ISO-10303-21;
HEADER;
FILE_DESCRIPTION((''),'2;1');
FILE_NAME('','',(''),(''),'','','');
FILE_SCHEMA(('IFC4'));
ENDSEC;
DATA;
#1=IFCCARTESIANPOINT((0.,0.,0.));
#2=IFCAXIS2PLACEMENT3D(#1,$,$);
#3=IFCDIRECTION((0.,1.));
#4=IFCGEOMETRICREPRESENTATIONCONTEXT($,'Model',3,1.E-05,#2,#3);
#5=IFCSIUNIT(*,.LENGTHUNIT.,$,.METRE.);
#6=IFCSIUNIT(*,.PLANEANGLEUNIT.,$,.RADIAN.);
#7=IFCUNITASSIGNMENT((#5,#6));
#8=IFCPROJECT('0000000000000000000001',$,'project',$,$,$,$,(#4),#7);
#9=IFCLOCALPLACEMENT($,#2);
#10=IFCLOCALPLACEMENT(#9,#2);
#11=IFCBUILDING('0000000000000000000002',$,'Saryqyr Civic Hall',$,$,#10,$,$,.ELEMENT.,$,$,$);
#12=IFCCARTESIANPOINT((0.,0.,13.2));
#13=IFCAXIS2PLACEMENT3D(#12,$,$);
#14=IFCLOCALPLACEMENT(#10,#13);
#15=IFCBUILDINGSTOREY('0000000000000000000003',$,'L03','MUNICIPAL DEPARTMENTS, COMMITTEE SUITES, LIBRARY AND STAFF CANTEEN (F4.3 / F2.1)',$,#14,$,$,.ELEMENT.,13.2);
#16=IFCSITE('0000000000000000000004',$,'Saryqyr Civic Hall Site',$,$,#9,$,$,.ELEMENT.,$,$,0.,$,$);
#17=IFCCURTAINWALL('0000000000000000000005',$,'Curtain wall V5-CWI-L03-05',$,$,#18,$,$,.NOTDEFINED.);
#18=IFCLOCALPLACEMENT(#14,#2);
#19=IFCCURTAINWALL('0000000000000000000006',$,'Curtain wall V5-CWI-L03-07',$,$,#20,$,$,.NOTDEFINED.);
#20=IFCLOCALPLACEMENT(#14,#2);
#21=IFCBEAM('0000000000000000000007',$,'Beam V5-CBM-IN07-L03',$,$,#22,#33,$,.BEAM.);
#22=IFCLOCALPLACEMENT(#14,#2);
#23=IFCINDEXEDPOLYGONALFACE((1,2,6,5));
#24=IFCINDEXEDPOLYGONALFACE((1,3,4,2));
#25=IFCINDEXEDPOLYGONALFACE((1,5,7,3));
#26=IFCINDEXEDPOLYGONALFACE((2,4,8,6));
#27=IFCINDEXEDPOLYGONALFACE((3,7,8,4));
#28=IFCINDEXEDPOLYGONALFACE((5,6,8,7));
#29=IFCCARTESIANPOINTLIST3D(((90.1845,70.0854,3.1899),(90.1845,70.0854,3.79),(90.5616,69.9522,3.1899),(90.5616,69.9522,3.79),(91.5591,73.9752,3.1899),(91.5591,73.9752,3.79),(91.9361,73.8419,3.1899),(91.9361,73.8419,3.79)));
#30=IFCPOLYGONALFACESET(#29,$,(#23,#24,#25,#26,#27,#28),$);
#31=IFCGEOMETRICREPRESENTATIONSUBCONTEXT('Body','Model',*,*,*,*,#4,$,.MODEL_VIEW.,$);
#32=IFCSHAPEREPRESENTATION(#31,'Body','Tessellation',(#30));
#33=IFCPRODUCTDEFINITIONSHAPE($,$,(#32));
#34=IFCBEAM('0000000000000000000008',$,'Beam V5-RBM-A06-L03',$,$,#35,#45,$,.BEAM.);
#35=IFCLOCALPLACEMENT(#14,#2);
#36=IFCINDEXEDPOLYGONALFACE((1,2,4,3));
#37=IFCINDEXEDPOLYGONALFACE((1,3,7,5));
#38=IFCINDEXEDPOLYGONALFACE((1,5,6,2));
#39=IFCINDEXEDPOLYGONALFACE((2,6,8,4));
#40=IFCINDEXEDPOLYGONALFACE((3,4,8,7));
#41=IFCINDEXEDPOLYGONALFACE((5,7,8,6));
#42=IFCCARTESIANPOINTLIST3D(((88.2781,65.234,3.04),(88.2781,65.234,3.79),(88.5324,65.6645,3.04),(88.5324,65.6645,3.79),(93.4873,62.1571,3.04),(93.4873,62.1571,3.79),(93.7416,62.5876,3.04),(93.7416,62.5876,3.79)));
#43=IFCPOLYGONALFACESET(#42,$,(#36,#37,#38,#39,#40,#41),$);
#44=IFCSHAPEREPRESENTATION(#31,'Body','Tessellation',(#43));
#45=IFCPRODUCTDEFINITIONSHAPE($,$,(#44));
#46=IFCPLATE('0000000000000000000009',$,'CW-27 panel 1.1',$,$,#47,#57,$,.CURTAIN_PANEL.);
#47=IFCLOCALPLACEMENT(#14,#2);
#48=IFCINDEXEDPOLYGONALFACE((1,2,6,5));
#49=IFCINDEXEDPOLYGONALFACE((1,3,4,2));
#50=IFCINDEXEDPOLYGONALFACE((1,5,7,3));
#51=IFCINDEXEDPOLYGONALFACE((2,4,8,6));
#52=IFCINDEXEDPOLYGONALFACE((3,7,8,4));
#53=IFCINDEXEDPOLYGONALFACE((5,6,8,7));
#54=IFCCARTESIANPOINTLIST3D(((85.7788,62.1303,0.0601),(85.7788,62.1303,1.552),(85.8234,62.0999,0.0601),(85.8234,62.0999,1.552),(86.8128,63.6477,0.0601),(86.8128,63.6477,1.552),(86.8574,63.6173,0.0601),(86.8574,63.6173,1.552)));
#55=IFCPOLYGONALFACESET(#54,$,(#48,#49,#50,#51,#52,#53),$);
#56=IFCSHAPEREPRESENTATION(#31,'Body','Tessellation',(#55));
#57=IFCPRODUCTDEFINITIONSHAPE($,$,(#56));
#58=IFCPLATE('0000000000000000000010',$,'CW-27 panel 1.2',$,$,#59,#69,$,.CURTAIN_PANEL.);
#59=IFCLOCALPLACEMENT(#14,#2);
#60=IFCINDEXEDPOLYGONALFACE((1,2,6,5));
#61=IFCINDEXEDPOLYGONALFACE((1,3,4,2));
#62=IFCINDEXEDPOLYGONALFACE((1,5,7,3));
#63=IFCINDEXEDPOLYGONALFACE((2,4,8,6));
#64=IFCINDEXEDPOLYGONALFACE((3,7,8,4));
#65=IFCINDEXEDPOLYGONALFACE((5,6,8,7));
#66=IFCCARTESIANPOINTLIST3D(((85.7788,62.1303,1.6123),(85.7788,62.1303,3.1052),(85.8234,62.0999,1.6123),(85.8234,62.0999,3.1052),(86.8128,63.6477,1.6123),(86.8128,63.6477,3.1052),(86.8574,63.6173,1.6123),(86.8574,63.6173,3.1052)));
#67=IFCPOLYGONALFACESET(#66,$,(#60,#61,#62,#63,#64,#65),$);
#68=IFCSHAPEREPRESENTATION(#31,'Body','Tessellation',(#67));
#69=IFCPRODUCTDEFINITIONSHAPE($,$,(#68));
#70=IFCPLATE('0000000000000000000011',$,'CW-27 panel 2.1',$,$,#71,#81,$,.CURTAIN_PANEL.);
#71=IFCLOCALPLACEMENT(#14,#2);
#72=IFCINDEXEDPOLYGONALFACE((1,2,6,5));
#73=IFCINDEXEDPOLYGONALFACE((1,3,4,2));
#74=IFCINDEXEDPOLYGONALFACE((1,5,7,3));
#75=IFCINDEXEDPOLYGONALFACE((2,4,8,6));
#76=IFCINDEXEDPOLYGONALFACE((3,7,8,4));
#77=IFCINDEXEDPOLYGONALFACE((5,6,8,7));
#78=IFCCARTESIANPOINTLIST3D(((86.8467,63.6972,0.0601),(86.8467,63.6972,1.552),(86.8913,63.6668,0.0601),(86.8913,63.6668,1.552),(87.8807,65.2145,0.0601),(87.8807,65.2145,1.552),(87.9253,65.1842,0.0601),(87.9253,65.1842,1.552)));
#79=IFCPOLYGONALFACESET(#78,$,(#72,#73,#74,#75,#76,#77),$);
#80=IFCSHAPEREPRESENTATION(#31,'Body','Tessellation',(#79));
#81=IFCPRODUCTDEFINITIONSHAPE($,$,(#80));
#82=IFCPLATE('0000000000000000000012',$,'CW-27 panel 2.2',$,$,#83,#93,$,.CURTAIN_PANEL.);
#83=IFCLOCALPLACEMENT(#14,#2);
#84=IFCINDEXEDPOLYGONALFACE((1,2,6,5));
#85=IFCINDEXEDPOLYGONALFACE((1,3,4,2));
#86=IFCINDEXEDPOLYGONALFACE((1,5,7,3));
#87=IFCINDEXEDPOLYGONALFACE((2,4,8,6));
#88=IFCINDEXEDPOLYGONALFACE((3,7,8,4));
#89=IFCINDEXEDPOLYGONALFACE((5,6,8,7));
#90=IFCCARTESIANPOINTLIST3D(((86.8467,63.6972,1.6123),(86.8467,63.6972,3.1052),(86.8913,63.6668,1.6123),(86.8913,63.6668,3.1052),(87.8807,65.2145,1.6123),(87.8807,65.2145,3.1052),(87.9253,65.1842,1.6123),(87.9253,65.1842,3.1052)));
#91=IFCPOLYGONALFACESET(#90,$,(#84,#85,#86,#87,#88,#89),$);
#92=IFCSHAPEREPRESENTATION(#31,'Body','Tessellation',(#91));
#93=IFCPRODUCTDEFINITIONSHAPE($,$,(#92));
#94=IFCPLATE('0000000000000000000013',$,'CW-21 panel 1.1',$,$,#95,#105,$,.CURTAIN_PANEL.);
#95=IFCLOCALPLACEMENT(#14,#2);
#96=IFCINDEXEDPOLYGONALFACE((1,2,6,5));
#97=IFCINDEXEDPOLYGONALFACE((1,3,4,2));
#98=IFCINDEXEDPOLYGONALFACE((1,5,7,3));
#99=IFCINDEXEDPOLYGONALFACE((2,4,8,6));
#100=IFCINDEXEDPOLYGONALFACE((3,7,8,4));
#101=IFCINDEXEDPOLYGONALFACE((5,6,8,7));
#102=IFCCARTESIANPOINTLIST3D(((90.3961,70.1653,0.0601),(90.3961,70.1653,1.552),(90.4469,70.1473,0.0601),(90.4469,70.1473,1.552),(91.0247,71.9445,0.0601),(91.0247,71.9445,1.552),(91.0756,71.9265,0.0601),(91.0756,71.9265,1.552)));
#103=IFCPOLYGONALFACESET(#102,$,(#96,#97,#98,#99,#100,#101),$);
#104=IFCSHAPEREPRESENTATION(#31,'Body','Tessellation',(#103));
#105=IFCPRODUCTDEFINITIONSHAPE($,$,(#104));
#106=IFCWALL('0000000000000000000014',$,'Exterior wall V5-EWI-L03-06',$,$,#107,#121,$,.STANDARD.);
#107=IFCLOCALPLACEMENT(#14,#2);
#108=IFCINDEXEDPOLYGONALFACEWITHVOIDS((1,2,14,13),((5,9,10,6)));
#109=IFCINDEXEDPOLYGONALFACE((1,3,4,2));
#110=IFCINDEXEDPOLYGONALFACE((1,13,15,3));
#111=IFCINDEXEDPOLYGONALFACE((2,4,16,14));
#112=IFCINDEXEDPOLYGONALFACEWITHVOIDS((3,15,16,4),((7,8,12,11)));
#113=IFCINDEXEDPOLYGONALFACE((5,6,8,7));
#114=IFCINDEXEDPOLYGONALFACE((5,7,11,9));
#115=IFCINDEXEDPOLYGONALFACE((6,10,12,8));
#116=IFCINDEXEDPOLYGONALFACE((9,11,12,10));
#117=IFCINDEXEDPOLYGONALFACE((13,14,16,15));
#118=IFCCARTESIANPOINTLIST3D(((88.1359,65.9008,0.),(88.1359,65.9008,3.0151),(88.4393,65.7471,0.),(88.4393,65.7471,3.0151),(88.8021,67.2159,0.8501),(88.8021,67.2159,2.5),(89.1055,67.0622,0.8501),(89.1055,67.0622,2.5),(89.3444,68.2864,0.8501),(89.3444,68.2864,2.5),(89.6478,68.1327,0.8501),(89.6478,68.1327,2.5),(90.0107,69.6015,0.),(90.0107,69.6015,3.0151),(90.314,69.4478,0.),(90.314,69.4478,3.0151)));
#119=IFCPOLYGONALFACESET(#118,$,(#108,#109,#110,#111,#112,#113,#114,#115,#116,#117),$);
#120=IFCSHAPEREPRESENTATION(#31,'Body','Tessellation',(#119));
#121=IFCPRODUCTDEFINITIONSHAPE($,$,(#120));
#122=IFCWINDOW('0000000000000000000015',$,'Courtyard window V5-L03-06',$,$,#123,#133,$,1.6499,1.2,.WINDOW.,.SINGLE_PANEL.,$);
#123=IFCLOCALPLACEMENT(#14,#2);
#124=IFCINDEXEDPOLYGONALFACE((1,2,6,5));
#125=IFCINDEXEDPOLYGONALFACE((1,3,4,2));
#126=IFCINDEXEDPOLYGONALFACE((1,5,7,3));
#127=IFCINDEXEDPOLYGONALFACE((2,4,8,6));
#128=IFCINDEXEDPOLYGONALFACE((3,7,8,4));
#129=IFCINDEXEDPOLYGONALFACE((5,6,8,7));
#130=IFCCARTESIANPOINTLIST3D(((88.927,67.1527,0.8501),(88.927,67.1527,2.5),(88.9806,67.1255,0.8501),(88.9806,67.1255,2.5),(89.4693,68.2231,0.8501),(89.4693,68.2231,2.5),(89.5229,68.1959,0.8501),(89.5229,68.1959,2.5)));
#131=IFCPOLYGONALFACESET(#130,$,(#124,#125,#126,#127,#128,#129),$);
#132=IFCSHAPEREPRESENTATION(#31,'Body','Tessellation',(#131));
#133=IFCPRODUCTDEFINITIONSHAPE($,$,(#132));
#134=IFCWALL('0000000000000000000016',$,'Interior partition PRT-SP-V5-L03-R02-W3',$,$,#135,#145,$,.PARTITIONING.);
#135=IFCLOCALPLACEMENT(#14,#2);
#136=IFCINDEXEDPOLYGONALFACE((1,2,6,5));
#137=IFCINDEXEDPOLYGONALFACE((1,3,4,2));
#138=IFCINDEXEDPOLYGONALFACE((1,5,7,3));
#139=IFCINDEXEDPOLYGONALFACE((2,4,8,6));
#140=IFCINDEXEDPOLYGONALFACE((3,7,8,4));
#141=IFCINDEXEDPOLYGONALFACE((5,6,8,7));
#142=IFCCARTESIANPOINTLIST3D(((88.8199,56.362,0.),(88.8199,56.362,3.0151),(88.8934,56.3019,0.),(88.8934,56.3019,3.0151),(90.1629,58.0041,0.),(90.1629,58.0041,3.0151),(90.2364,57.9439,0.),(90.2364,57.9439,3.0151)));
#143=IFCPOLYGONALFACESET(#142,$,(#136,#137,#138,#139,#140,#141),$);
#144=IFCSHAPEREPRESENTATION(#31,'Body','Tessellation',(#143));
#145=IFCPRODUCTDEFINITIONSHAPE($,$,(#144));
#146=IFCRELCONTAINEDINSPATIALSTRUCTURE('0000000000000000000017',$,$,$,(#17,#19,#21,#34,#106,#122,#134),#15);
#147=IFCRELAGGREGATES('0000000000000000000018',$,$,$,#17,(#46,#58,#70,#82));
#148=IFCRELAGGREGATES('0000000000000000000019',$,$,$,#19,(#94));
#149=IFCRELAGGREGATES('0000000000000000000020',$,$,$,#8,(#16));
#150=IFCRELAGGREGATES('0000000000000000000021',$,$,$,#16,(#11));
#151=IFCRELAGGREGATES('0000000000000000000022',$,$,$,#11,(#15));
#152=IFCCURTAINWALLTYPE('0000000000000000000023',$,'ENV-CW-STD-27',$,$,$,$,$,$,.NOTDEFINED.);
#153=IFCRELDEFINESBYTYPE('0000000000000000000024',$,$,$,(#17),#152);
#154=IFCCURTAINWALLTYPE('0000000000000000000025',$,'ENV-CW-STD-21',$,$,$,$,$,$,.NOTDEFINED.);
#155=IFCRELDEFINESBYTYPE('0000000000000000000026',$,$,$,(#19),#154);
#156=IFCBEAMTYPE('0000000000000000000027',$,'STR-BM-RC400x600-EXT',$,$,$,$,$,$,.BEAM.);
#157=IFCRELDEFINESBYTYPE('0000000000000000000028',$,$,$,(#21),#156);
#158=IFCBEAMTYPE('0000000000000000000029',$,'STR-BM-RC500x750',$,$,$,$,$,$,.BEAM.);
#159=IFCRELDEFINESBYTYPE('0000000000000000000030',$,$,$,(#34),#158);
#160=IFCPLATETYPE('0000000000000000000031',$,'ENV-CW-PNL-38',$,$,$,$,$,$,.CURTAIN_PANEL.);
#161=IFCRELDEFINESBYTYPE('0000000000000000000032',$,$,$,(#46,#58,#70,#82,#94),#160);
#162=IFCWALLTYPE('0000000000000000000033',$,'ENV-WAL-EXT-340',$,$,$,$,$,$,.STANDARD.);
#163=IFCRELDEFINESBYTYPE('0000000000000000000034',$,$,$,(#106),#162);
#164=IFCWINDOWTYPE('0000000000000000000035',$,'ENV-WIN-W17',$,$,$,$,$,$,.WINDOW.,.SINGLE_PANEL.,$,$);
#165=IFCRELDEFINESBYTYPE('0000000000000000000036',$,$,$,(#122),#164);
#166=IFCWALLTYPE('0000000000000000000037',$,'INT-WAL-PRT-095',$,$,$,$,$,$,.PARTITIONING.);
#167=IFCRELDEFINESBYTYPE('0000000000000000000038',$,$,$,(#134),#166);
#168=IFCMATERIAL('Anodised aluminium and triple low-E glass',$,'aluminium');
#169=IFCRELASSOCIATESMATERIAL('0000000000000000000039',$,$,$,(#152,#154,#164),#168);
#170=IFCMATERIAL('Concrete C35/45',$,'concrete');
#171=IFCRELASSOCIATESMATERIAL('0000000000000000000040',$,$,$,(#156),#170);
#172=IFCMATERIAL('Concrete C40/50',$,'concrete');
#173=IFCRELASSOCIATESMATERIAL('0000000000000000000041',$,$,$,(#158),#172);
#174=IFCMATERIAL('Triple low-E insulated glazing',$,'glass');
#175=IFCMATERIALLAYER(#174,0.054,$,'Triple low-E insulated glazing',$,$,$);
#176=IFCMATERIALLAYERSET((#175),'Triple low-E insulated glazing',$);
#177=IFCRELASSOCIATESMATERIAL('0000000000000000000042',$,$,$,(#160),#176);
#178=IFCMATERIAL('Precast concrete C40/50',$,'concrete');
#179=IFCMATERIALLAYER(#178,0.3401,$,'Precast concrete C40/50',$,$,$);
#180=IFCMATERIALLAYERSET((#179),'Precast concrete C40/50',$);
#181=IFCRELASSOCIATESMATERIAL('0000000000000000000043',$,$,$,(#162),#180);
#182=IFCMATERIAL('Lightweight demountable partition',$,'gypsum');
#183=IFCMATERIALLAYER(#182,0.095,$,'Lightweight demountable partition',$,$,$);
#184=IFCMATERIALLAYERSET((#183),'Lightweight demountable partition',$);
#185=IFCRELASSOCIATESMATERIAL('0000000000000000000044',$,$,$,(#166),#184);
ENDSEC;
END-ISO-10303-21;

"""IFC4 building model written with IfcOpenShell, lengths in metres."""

from ifc_helpers import new_model, si_unit, direction, frame, frame_2d, origin, origin_2d, place, context, subcontext, project, spatial, rectangle, extrude, material, layer, layer_set, material_profile, profile_set, type_object, element, fill, aggregate, save


model = new_model("IFC4")

# Units and contexts
model_context = context("Model", 3, precision=1e-05, world=origin(), true_north=direction((0.0, 1.0)))
body_context = subcontext(model_context, "Body", "Model", "MODEL_VIEW")
ifc_project = project(units=[si_unit("LENGTHUNIT", "METRE"), si_unit("PLANEANGLEUNIT", "RADIAN")], contexts=[model_context])

# Site, building, storey
site_placement = place(None, origin())
site = spatial("IfcSite", under=ifc_project, at=site_placement, Name="Saryqyr Civic Hall Site", CompositionType="ELEMENT", RefElevation=0.0)
building_placement = place(site_placement, origin())
building = spatial("IfcBuilding", under=site, at=building_placement, Name="Saryqyr Civic Hall", CompositionType="ELEMENT")
storey_placement = place(building_placement, frame((0.0, 0.0, 13.2)))
storey = spatial("IfcBuildingStorey", under=building, at=storey_placement, Name="L03", Description="MUNICIPAL DEPARTMENTS, COMMITTEE SUITES, LIBRARY AND STAFF CANTEEN (F4.3 / F2.1)", CompositionType="ELEMENT", Elevation=13.2)

# Shared definitions
ifc_material_1 = material(Name="Concrete C40/50", Category="concrete")

# Curtain wall
ifc_material_2 = material(Name="Anodised aluminium and triple low-E glass", Category="aluminium")
curtain_wall_type_1 = type_object("IfcCurtainWallType", Name="ENV-CW-STD-27", PredefinedType="NOTDEFINED", material=ifc_material_2)
curtain_wall_1_placement = place(storey_placement, origin())
curtain_wall_1 = element("IfcCurtainWall", 1, at=curtain_wall_1_placement, inside=storey, type_object=curtain_wall_type_1, Name="Curtain wall V5-CWI-L03-05", PredefinedType="NOTDEFINED")

# Curtain wall
curtain_wall_type_2 = type_object("IfcCurtainWallType", Name="ENV-CW-STD-21", PredefinedType="NOTDEFINED", material=ifc_material_2)
curtain_wall_2_placement = place(storey_placement, origin())
curtain_wall_2 = element("IfcCurtainWall", 2, at=curtain_wall_2_placement, inside=storey, type_object=curtain_wall_type_2, Name="Curtain wall V5-CWI-L03-07", PredefinedType="NOTDEFINED")

# Beams
ifc_material_3 = material(Name="Concrete C35/45", Category="concrete")
ifc_material_profile_1 = material_profile(ifc_material_3, rectangle(XDim=0.3999, YDim=0.6001, at=origin_2d()), Name="RC 400x600")
ifc_profile_set_1 = profile_set([ifc_material_profile_1], Name="Concrete C35/45")
beam_type_1 = type_object("IfcBeamType", Name="STR-BM-RC400x600-EXT", PredefinedType="BEAM", material=ifc_profile_set_1)
for number, where, z_axis, x_axis, name in (
    (3, (90.373, 70.0188, 3.49), (0.333185, 0.942861, 0.0), (-0.942861, 0.333185, 0.0), "Beam V5-CBM-IN07-L03"),
):
    element("IfcBeam", number, at=place(storey_placement, frame(where, z_axis=z_axis, x_axis=x_axis)), inside=storey, type_object=beam_type_1, Name=name, PredefinedType="BEAM", context=body_context, shape_type="SweptSolid", body=[
        extrude(rectangle(XDim=0.3999, YDim=0.6001, at=origin_2d()), origin(), (0.0, 0.0, 1.0), 4.1255),
    ])
ifc_material_profile_2 = material_profile(ifc_material_1, rectangle(XDim=0.5, YDim=0.75, at=origin_2d()), Name="RC 500x750")
ifc_profile_set_2 = profile_set([ifc_material_profile_2], Name="Concrete C40/50")
beam_type_2 = type_object("IfcBeamType", Name="STR-BM-RC500x750", PredefinedType="BEAM", material=ifc_profile_set_2)
beam_placement = place(storey_placement, frame((88.4053, 65.4492, 3.415), z_axis=(0.861019, -0.508573, 0.0), x_axis=(0.508573, 0.861019, 0.0)))
element("IfcBeam", 4, at=beam_placement, inside=storey, type_object=beam_type_2, Name="Beam V5-RBM-A06-L03", PredefinedType="BEAM", context=body_context, shape_type="SweptSolid", body=[
    extrude(rectangle(XDim=0.5, YDim=0.75, at=origin_2d()), origin(), (0.0, 0.0, 1.0), 6.05),
])

# Plates
ifc_material_4 = material(Name="Triple low-E insulated glazing", Category="glass")
ifc_layer_1 = layer(ifc_material_4, 0.054, Name="Triple low-E insulated glazing")
ifc_layer_set_1 = layer_set([ifc_layer_1], Name="Triple low-E insulated glazing")
plate_type = type_object("IfcPlateType", Name="ENV-CW-PNL-38", PredefinedType="CURTAIN_PANEL", material=ifc_layer_set_1)
plate_1_placement = place(storey_placement, frame((86.3181, 62.8738, 0.0601), z_axis=(0.0, 0.0, 1.0), x_axis=(0.56313, 0.826368, 0.0)))
plate_1 = element("IfcPlate", 5, at=plate_1_placement, type_object=plate_type, Name="CW-27 panel 1.1", PredefinedType="CURTAIN_PANEL", context=body_context, shape_type="SweptSolid", body=[
    extrude(rectangle(XDim=1.8362, YDim=0.054, at=origin_2d()), origin(), (0.0, 0.0, 1.0), 1.4919),
])
plate_2_placement = place(storey_placement, frame((86.3181, 62.8738, 1.6123), z_axis=(0.0, 0.0, 1.0), x_axis=(0.56313, 0.826368, 0.0)))
plate_2 = element("IfcPlate", 6, at=plate_2_placement, type_object=plate_type, Name="CW-27 panel 1.2", PredefinedType="CURTAIN_PANEL", context=body_context, shape_type="SweptSolid", body=[
    extrude(rectangle(XDim=1.8362, YDim=0.054, at=origin_2d()), origin(), (0.0, 0.0, 1.0), 1.4929),
])
plate_3_placement = place(storey_placement, frame((87.386, 64.4407, 0.0601), z_axis=(0.0, 0.0, 1.0), x_axis=(0.56313, 0.826368, 0.0)))
plate_3 = element("IfcPlate", 7, at=plate_3_placement, type_object=plate_type, Name="CW-27 panel 2.1", PredefinedType="CURTAIN_PANEL", context=body_context, shape_type="SweptSolid", body=[
    extrude(rectangle(XDim=1.8362, YDim=0.054, at=origin_2d()), origin(), (0.0, 0.0, 1.0), 1.4919),
])
plate_4_placement = place(storey_placement, frame((87.386, 64.4407, 1.6123), z_axis=(0.0, 0.0, 1.0), x_axis=(0.56313, 0.826368, 0.0)))
plate_4 = element("IfcPlate", 8, at=plate_4_placement, type_object=plate_type, Name="CW-27 panel 2.2", PredefinedType="CURTAIN_PANEL", context=body_context, shape_type="SweptSolid", body=[
    extrude(rectangle(XDim=1.8362, YDim=0.054, at=origin_2d()), origin(), (0.0, 0.0, 1.0), 1.4929),
])
aggregate(curtain_wall_1, [plate_1, plate_2, plate_3, plate_4])
plate_5_placement = place(storey_placement, frame((90.7358, 71.0459, 0.0601), z_axis=(0.0, 0.0, 1.0), x_axis=(0.333172, 0.942866, 0.0)))
plate_5 = element("IfcPlate", 9, at=plate_5_placement, type_object=plate_type, Name="CW-21 panel 1.1", PredefinedType="CURTAIN_PANEL", context=body_context, shape_type="SweptSolid", body=[
    extrude(rectangle(XDim=1.887, YDim=0.054, at=origin_2d()), origin(), (0.0, 0.0, 1.0), 1.4919),
])
aggregate(curtain_wall_2, [plate_5])

# Wall, opening, window
ifc_material_5 = material(Name="Precast concrete C40/50", Category="concrete")
ifc_layer_2 = layer(ifc_material_5, 0.3401, Name="Precast concrete C40/50")
ifc_layer_set_2 = layer_set([ifc_layer_2], Name="Precast concrete C40/50")
wall_type_1 = type_object("IfcWallType", Name="ENV-WAL-EXT-340", PredefinedType="STANDARD", material=ifc_layer_set_2)
wall_1_placement = place(storey_placement, frame((88.2876, 65.824, 0.0), z_axis=(0.0, 0.0, 1.0), x_axis=(0.451915, 0.892061, 0.0)))
wall_1 = element("IfcWall", 10, at=wall_1_placement, inside=storey, type_object=wall_type_1, Name="Exterior wall V5-EWI-L03-06", PredefinedType="STANDARD", context=body_context, shape_type="SweptSolid", body=[
    extrude(rectangle(XDim=4.1484, YDim=0.3401, at=frame_2d((2.0742, 0.0))), origin(), (0.0, 0.0, 1.0), 3.0151),
])
opening_placement = place(wall_1_placement, frame((1.4741, 0.0, 0.8501)))
opening = element("IfcOpeningElement", 11, at=opening_placement, cuts=wall_1, PredefinedType="OPENING", context=body_context, shape_type="SweptSolid", body=[
    extrude(rectangle(XDim=1.2, YDim=1.6499, at=frame_2d((0.6001, 0.825))), frame((0.0, 0.1799, 0.0), z_axis=(0.0, -1.0, 0.0), x_axis=(1.0, 0.0, 0.0)), (0.0, 0.0, 1.0), 0.3601),
])
window_type = type_object("IfcWindowType", Name="ENV-WIN-W17", PartitioningType="SINGLE_PANEL", PredefinedType="WINDOW", material=ifc_material_2)
window_placement = place(opening_placement, origin())
window = element("IfcWindow", 12, at=window_placement, inside=storey, type_object=window_type, Name="Courtyard window V5-L03-06", OverallHeight=1.6499, OverallWidth=1.2, PartitioningType="SINGLE_PANEL", PredefinedType="WINDOW", context=body_context, shape_type="SweptSolid", body=[
    extrude(rectangle(XDim=1.2, YDim=1.6499, at=frame_2d((0.6001, 0.825))), frame((0.0, 0.03, 0.0), z_axis=(0.0, -1.0, 0.0), x_axis=(1.0, 0.0, 0.0)), (0.0, 0.0, 1.0), 0.0601),
])
fill(opening, window)

# Wall
ifc_material_6 = material(Name="Lightweight demountable partition", Category="gypsum")
ifc_layer_3 = layer(ifc_material_6, 0.095, Name="Lightweight demountable partition")
ifc_layer_set_3 = layer_set([ifc_layer_3], Name="Lightweight demountable partition")
wall_type_2 = type_object("IfcWallType", Name="INT-WAL-PRT-095", PredefinedType="PARTITIONING", material=ifc_layer_set_3)
wall_2_placement = place(storey_placement, frame((88.8567, 56.332, 0.0), z_axis=(0.0, 0.0, 1.0), x_axis=(0.633094, 0.774075, 0.0)))
element("IfcWall", 13, at=wall_2_placement, inside=storey, type_object=wall_type_2, Name="Interior partition PRT-SP-V5-L03-R02-W3", PredefinedType="PARTITIONING", context=body_context, shape_type="SweptSolid", body=[
    extrude(rectangle(XDim=2.1213, YDim=0.095, at=frame_2d((1.0605, 0.0))), origin(), (0.0, 0.0, 1.0), 3.0151),
])

save(model, "model.ifc")
